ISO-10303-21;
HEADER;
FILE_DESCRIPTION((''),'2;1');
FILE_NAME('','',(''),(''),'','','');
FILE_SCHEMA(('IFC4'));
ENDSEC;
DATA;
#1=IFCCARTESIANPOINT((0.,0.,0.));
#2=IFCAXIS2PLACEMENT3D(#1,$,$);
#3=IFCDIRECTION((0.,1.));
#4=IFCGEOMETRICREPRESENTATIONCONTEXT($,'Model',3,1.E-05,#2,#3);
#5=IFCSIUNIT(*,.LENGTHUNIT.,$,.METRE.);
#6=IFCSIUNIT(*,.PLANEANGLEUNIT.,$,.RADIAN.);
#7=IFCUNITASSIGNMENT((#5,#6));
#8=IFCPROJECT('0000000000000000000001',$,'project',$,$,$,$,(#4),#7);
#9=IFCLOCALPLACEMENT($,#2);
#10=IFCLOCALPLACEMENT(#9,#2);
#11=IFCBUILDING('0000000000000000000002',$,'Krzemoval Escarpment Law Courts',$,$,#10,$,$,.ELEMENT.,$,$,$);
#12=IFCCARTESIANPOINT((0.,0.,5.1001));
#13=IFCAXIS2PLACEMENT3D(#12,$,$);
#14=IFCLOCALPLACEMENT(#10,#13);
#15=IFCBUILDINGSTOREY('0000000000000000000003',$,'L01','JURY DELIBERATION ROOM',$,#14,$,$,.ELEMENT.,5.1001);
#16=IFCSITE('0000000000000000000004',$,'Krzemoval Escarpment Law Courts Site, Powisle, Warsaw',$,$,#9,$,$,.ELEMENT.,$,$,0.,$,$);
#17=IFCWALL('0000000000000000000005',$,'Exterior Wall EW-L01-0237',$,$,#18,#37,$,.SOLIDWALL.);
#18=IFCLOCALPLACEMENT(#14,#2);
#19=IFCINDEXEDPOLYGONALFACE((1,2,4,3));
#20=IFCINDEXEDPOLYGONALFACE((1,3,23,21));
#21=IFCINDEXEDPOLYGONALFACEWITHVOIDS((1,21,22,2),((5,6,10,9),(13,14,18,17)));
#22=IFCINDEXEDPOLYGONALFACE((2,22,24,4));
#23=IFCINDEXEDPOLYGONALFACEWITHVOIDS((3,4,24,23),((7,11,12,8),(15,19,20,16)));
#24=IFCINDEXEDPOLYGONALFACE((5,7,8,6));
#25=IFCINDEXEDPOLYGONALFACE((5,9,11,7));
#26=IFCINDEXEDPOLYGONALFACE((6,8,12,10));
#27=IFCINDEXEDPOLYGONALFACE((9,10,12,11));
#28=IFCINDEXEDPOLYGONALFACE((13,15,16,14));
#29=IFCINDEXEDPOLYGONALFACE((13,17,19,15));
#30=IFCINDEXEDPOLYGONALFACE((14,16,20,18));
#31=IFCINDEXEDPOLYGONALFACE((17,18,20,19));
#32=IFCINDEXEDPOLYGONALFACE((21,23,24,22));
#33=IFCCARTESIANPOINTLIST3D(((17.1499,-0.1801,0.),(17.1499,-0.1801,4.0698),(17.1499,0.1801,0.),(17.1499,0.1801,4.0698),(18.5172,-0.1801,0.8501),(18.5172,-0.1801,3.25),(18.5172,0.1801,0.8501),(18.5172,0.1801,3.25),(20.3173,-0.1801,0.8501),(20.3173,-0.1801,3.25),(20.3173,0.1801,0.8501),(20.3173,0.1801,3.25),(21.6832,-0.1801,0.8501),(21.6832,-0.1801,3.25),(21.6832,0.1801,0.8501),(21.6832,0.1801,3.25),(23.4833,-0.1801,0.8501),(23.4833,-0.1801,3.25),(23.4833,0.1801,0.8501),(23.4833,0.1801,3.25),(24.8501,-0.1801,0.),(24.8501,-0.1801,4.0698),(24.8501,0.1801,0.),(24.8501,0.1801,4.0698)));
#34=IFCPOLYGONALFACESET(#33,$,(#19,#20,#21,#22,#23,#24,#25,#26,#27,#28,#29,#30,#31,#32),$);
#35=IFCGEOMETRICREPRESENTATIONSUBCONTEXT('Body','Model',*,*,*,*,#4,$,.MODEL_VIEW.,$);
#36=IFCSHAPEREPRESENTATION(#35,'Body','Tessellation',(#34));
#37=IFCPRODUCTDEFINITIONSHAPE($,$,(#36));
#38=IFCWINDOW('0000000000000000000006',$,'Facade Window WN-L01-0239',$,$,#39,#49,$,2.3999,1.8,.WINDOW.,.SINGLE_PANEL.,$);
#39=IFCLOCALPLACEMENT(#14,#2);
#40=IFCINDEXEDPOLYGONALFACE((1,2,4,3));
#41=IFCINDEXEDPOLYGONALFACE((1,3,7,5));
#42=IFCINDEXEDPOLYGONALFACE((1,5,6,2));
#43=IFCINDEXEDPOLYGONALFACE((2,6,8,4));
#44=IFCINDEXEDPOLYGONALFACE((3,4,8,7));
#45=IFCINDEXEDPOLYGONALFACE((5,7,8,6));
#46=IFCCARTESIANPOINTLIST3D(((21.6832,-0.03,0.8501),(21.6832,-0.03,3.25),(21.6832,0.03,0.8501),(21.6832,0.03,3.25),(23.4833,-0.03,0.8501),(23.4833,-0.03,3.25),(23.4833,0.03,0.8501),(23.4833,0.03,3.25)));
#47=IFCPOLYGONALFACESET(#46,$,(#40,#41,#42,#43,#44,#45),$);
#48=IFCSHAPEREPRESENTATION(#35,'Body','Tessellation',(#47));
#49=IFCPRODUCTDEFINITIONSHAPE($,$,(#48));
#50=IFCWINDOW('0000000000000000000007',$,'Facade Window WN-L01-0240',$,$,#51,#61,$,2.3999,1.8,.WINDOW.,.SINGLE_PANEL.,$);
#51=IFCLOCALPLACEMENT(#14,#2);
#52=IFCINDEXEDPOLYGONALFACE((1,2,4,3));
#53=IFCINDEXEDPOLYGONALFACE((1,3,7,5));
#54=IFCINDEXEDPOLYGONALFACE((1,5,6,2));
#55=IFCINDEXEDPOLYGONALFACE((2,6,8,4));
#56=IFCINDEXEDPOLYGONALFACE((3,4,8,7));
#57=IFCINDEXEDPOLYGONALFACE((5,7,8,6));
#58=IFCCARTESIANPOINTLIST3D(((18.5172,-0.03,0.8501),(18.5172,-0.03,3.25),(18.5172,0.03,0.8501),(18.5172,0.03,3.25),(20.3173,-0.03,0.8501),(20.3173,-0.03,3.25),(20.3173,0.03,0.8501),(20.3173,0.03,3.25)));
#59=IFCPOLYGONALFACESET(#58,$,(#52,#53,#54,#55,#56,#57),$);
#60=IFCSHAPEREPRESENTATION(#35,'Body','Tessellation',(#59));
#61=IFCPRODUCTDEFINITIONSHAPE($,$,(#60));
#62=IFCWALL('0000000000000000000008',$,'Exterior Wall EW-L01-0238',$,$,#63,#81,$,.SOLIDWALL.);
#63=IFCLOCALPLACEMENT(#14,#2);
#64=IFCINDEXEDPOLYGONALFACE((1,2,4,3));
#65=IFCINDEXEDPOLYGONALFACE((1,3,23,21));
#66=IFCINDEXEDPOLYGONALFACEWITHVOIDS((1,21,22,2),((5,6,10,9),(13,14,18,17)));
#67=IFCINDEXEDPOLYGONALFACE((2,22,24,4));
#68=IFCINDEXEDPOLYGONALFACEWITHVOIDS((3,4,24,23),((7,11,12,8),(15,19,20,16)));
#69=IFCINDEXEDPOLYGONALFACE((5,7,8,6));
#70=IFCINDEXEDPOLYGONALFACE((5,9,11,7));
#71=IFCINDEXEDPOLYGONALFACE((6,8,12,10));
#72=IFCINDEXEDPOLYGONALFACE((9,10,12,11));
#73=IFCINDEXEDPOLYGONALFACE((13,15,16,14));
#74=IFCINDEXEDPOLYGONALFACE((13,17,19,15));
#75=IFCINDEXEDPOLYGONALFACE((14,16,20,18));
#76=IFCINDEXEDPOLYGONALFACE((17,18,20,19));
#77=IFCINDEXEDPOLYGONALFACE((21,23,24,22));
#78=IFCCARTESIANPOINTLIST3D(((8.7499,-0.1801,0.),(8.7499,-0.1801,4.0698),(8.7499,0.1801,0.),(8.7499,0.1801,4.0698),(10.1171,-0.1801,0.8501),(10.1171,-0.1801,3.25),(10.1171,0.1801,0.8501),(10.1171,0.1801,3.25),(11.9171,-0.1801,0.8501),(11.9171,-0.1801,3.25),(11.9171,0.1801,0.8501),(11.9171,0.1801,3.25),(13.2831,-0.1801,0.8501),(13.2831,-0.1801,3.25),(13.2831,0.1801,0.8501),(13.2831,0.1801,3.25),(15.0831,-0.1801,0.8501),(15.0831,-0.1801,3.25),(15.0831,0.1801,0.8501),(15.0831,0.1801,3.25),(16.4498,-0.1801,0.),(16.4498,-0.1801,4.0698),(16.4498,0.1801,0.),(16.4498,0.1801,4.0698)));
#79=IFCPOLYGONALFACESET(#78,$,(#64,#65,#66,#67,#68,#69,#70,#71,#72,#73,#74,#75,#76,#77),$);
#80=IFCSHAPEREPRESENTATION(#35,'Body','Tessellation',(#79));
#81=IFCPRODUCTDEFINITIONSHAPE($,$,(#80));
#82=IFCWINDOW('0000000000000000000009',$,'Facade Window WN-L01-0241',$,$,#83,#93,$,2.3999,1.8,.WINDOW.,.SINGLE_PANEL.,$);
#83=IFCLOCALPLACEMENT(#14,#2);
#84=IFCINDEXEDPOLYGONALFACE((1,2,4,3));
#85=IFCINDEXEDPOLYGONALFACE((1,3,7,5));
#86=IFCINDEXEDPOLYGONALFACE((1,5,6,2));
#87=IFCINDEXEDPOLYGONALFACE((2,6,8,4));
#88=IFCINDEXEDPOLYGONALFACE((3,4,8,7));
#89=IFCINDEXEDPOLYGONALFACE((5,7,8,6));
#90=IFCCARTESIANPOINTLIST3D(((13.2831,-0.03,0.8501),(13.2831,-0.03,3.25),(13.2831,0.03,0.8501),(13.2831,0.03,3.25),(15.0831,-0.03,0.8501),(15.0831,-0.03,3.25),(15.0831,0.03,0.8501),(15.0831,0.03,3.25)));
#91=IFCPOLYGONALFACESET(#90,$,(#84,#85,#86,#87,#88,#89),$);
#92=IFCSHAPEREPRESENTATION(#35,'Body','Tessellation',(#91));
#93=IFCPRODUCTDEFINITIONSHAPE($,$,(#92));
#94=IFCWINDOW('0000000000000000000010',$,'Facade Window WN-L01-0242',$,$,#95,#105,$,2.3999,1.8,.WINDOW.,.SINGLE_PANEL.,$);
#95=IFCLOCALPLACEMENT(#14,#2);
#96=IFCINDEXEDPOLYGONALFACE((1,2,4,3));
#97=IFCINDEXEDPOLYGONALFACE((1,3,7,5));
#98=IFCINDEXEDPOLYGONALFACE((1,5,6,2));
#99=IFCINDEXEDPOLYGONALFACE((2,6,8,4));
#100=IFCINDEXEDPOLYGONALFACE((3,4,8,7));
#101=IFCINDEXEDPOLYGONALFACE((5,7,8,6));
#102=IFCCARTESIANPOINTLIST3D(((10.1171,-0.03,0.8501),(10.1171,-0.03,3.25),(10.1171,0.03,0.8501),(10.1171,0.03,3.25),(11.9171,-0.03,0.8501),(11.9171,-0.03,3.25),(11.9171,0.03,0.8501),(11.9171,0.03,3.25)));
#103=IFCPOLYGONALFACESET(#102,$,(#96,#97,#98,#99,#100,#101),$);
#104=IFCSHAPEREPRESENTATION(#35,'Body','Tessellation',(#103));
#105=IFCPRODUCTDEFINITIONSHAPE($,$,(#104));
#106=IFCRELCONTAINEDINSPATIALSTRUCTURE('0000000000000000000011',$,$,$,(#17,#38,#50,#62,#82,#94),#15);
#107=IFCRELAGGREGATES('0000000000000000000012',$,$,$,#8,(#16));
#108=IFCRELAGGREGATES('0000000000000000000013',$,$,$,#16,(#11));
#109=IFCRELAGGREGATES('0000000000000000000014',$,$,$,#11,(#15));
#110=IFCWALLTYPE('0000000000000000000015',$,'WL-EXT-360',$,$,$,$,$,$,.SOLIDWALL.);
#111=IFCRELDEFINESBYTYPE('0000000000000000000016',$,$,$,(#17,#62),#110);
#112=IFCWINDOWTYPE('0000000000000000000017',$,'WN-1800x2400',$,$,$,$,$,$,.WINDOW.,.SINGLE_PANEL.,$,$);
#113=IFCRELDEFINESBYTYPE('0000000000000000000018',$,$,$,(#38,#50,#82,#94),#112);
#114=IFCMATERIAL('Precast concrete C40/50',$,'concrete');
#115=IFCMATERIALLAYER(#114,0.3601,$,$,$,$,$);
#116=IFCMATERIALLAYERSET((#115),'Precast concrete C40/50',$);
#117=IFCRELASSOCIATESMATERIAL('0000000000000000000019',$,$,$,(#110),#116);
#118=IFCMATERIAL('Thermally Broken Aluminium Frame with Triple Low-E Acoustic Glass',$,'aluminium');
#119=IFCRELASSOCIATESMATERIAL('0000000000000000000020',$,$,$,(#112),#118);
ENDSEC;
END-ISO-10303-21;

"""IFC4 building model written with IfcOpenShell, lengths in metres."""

from ifc_helpers import new_model, si_unit, direction, frame, frame_2d, origin, place, context, subcontext, project, spatial, rectangle, extrude, material, layer, layer_set, type_object, element, fill, save


model = new_model("IFC4")

# Units and contexts
model_context = context("Model", 3, precision=1e-05, world=origin(), true_north=direction((0.0, 1.0)))
body_context = subcontext(model_context, "Body", "Model", "MODEL_VIEW")
ifc_project = project(units=[si_unit("LENGTHUNIT", "METRE"), si_unit("PLANEANGLEUNIT", "RADIAN")], contexts=[model_context])

# Site, building, storey
site_placement = place(None, origin())
site = spatial("IfcSite", under=ifc_project, at=site_placement, Name="Krzemoval Escarpment Law Courts Site, Powisle, Warsaw", CompositionType="ELEMENT", RefElevation=0.0)
building_placement = place(site_placement, origin())
building = spatial("IfcBuilding", under=site, at=building_placement, Name="Krzemoval Escarpment Law Courts", CompositionType="ELEMENT")
storey_placement = place(building_placement, frame((0.0, 0.0, 5.1001)))
storey = spatial("IfcBuildingStorey", under=building, at=storey_placement, Name="L01", Description="JURY DELIBERATION ROOM", CompositionType="ELEMENT", Elevation=5.1001)

# Walls, openings, windows
ifc_material_1 = material(Name="Precast concrete C40/50", Category="concrete")
ifc_layer_1 = layer(ifc_material_1, 0.3601)
ifc_layer_set_1 = layer_set([ifc_layer_1], Name="Precast concrete C40/50")
wall_type_1 = type_object("IfcWallType", Name="WL-EXT-360", PredefinedType="SOLIDWALL", material=ifc_layer_set_1)
wall_1_placement = place(storey_placement, frame((24.8501, 0.0, 0.0), z_axis=(0.0, 0.0, 1.0), x_axis=(-1.0, 0.0, 0.0)))
wall_1 = element("IfcWall", 1, at=wall_1_placement, inside=storey, type_object=wall_type_1, Name="Exterior Wall EW-L01-0237", PredefinedType="SOLIDWALL", context=body_context, shape_type="SweptSolid", body=[
    extrude(rectangle(XDim=7.7002, YDim=0.3601, at=frame_2d((3.8501, 0.0))), origin(), (0.0, 0.0, 1.0), 4.0698),
])
opening_1_placement = place(wall_1_placement, frame((1.3669, 0.0, 0.8501)))
opening_1 = element("IfcOpeningElement", 2, at=opening_1_placement, cuts=wall_1, PredefinedType="OPENING", context=body_context, shape_type="SweptSolid", body=[
    extrude(rectangle(XDim=1.8, YDim=2.3999, at=frame_2d((0.8999, 1.2))), frame((0.0, 0.1951, 0.0), z_axis=(0.0, -1.0, 0.0), x_axis=(1.0, 0.0, 0.0)), (0.0, 0.0, 1.0), 0.3901),
])
opening_2_placement = place(wall_1_placement, frame((4.533, 0.0, 0.8501)))
opening_2 = element("IfcOpeningElement", 3, at=opening_2_placement, cuts=wall_1, PredefinedType="OPENING", context=body_context, shape_type="SweptSolid", body=[
    extrude(rectangle(XDim=1.8, YDim=2.3999, at=frame_2d((0.8999, 1.2))), frame((0.0, 0.1951, 0.0), z_axis=(0.0, -1.0, 0.0), x_axis=(1.0, 0.0, 0.0)), (0.0, 0.0, 1.0), 0.3901),
])
ifc_material_2 = material(Name="Thermally Broken Aluminium Frame with Triple Low-E Acoustic Glass", Category="aluminium")
window_type = type_object("IfcWindowType", Name="WN-1800x2400", PartitioningType="SINGLE_PANEL", PredefinedType="WINDOW", material=ifc_material_2)
window_1_placement = place(opening_1_placement, origin())
window_1 = element("IfcWindow", 4, at=window_1_placement, inside=storey, type_object=window_type, Name="Facade Window WN-L01-0239", OverallHeight=2.3999, OverallWidth=1.8, PartitioningType="SINGLE_PANEL", PredefinedType="WINDOW", context=body_context, shape_type="SweptSolid", body=[
    extrude(rectangle(XDim=1.8, YDim=2.3999, at=frame_2d((0.8999, 1.2))), frame((0.0, 0.03, 0.0), z_axis=(0.0, -1.0, 0.0), x_axis=(1.0, 0.0, 0.0)), (0.0, 0.0, 1.0), 0.0601),
])
fill(opening_1, window_1)
window_2_placement = place(opening_2_placement, origin())
window_2 = element("IfcWindow", 5, at=window_2_placement, inside=storey, type_object=window_type, Name="Facade Window WN-L01-0240", OverallHeight=2.3999, OverallWidth=1.8, PartitioningType="SINGLE_PANEL", PredefinedType="WINDOW", context=body_context, shape_type="SweptSolid", body=[
    extrude(rectangle(XDim=1.8, YDim=2.3999, at=frame_2d((0.8999, 1.2))), frame((0.0, 0.03, 0.0), z_axis=(0.0, -1.0, 0.0), x_axis=(1.0, 0.0, 0.0)), (0.0, 0.0, 1.0), 0.0601),
])
fill(opening_2, window_2)
wall_2_placement = place(storey_placement, frame((16.45, 0.0, 0.0), z_axis=(0.0, 0.0, 1.0), x_axis=(-1.0, 0.0, 0.0)))
wall_2 = element("IfcWall", 6, at=wall_2_placement, inside=storey, type_object=wall_type_1, Name="Exterior Wall EW-L01-0238", PredefinedType="SOLIDWALL", context=body_context, shape_type="SweptSolid", body=[
    extrude(rectangle(XDim=7.7, YDim=0.3601, at=frame_2d((3.8501, 0.0))), origin(), (0.0, 0.0, 1.0), 4.0698),
])
opening_3_placement = place(wall_2_placement, frame((1.3669, 0.0, 0.8501)))
opening_3 = element("IfcOpeningElement", 7, at=opening_3_placement, cuts=wall_2, PredefinedType="OPENING", context=body_context, shape_type="SweptSolid", body=[
    extrude(rectangle(XDim=1.8, YDim=2.3999, at=frame_2d((0.8999, 1.2))), frame((0.0, 0.1951, 0.0), z_axis=(0.0, -1.0, 0.0), x_axis=(1.0, 0.0, 0.0)), (0.0, 0.0, 1.0), 0.3901),
])
opening_4_placement = place(wall_2_placement, frame((4.533, 0.0, 0.8501)))
opening_4 = element("IfcOpeningElement", 8, at=opening_4_placement, cuts=wall_2, PredefinedType="OPENING", context=body_context, shape_type="SweptSolid", body=[
    extrude(rectangle(XDim=1.8, YDim=2.3999, at=frame_2d((0.8999, 1.2))), frame((0.0, 0.1951, 0.0), z_axis=(0.0, -1.0, 0.0), x_axis=(1.0, 0.0, 0.0)), (0.0, 0.0, 1.0), 0.3901),
])
window_3_placement = place(opening_3_placement, origin())
window_3 = element("IfcWindow", 9, at=window_3_placement, inside=storey, type_object=window_type, Name="Facade Window WN-L01-0241", OverallHeight=2.3999, OverallWidth=1.8, PartitioningType="SINGLE_PANEL", PredefinedType="WINDOW", context=body_context, shape_type="SweptSolid", body=[
    extrude(rectangle(XDim=1.8, YDim=2.3999, at=frame_2d((0.8999, 1.2))), frame((0.0, 0.03, 0.0), z_axis=(0.0, -1.0, 0.0), x_axis=(1.0, 0.0, 0.0)), (0.0, 0.0, 1.0), 0.0601),
])
fill(opening_3, window_3)
window_4_placement = place(opening_4_placement, origin())
window_4 = element("IfcWindow", 10, at=window_4_placement, inside=storey, type_object=window_type, Name="Facade Window WN-L01-0242", OverallHeight=2.3999, OverallWidth=1.8, PartitioningType="SINGLE_PANEL", PredefinedType="WINDOW", context=body_context, shape_type="SweptSolid", body=[
    extrude(rectangle(XDim=1.8, YDim=2.3999, at=frame_2d((0.8999, 1.2))), frame((0.0, 0.03, 0.0), z_axis=(0.0, -1.0, 0.0), x_axis=(1.0, 0.0, 0.0)), (0.0, 0.0, 1.0), 0.0601),
])
fill(opening_4, window_4)

save(model, "model.ifc")
